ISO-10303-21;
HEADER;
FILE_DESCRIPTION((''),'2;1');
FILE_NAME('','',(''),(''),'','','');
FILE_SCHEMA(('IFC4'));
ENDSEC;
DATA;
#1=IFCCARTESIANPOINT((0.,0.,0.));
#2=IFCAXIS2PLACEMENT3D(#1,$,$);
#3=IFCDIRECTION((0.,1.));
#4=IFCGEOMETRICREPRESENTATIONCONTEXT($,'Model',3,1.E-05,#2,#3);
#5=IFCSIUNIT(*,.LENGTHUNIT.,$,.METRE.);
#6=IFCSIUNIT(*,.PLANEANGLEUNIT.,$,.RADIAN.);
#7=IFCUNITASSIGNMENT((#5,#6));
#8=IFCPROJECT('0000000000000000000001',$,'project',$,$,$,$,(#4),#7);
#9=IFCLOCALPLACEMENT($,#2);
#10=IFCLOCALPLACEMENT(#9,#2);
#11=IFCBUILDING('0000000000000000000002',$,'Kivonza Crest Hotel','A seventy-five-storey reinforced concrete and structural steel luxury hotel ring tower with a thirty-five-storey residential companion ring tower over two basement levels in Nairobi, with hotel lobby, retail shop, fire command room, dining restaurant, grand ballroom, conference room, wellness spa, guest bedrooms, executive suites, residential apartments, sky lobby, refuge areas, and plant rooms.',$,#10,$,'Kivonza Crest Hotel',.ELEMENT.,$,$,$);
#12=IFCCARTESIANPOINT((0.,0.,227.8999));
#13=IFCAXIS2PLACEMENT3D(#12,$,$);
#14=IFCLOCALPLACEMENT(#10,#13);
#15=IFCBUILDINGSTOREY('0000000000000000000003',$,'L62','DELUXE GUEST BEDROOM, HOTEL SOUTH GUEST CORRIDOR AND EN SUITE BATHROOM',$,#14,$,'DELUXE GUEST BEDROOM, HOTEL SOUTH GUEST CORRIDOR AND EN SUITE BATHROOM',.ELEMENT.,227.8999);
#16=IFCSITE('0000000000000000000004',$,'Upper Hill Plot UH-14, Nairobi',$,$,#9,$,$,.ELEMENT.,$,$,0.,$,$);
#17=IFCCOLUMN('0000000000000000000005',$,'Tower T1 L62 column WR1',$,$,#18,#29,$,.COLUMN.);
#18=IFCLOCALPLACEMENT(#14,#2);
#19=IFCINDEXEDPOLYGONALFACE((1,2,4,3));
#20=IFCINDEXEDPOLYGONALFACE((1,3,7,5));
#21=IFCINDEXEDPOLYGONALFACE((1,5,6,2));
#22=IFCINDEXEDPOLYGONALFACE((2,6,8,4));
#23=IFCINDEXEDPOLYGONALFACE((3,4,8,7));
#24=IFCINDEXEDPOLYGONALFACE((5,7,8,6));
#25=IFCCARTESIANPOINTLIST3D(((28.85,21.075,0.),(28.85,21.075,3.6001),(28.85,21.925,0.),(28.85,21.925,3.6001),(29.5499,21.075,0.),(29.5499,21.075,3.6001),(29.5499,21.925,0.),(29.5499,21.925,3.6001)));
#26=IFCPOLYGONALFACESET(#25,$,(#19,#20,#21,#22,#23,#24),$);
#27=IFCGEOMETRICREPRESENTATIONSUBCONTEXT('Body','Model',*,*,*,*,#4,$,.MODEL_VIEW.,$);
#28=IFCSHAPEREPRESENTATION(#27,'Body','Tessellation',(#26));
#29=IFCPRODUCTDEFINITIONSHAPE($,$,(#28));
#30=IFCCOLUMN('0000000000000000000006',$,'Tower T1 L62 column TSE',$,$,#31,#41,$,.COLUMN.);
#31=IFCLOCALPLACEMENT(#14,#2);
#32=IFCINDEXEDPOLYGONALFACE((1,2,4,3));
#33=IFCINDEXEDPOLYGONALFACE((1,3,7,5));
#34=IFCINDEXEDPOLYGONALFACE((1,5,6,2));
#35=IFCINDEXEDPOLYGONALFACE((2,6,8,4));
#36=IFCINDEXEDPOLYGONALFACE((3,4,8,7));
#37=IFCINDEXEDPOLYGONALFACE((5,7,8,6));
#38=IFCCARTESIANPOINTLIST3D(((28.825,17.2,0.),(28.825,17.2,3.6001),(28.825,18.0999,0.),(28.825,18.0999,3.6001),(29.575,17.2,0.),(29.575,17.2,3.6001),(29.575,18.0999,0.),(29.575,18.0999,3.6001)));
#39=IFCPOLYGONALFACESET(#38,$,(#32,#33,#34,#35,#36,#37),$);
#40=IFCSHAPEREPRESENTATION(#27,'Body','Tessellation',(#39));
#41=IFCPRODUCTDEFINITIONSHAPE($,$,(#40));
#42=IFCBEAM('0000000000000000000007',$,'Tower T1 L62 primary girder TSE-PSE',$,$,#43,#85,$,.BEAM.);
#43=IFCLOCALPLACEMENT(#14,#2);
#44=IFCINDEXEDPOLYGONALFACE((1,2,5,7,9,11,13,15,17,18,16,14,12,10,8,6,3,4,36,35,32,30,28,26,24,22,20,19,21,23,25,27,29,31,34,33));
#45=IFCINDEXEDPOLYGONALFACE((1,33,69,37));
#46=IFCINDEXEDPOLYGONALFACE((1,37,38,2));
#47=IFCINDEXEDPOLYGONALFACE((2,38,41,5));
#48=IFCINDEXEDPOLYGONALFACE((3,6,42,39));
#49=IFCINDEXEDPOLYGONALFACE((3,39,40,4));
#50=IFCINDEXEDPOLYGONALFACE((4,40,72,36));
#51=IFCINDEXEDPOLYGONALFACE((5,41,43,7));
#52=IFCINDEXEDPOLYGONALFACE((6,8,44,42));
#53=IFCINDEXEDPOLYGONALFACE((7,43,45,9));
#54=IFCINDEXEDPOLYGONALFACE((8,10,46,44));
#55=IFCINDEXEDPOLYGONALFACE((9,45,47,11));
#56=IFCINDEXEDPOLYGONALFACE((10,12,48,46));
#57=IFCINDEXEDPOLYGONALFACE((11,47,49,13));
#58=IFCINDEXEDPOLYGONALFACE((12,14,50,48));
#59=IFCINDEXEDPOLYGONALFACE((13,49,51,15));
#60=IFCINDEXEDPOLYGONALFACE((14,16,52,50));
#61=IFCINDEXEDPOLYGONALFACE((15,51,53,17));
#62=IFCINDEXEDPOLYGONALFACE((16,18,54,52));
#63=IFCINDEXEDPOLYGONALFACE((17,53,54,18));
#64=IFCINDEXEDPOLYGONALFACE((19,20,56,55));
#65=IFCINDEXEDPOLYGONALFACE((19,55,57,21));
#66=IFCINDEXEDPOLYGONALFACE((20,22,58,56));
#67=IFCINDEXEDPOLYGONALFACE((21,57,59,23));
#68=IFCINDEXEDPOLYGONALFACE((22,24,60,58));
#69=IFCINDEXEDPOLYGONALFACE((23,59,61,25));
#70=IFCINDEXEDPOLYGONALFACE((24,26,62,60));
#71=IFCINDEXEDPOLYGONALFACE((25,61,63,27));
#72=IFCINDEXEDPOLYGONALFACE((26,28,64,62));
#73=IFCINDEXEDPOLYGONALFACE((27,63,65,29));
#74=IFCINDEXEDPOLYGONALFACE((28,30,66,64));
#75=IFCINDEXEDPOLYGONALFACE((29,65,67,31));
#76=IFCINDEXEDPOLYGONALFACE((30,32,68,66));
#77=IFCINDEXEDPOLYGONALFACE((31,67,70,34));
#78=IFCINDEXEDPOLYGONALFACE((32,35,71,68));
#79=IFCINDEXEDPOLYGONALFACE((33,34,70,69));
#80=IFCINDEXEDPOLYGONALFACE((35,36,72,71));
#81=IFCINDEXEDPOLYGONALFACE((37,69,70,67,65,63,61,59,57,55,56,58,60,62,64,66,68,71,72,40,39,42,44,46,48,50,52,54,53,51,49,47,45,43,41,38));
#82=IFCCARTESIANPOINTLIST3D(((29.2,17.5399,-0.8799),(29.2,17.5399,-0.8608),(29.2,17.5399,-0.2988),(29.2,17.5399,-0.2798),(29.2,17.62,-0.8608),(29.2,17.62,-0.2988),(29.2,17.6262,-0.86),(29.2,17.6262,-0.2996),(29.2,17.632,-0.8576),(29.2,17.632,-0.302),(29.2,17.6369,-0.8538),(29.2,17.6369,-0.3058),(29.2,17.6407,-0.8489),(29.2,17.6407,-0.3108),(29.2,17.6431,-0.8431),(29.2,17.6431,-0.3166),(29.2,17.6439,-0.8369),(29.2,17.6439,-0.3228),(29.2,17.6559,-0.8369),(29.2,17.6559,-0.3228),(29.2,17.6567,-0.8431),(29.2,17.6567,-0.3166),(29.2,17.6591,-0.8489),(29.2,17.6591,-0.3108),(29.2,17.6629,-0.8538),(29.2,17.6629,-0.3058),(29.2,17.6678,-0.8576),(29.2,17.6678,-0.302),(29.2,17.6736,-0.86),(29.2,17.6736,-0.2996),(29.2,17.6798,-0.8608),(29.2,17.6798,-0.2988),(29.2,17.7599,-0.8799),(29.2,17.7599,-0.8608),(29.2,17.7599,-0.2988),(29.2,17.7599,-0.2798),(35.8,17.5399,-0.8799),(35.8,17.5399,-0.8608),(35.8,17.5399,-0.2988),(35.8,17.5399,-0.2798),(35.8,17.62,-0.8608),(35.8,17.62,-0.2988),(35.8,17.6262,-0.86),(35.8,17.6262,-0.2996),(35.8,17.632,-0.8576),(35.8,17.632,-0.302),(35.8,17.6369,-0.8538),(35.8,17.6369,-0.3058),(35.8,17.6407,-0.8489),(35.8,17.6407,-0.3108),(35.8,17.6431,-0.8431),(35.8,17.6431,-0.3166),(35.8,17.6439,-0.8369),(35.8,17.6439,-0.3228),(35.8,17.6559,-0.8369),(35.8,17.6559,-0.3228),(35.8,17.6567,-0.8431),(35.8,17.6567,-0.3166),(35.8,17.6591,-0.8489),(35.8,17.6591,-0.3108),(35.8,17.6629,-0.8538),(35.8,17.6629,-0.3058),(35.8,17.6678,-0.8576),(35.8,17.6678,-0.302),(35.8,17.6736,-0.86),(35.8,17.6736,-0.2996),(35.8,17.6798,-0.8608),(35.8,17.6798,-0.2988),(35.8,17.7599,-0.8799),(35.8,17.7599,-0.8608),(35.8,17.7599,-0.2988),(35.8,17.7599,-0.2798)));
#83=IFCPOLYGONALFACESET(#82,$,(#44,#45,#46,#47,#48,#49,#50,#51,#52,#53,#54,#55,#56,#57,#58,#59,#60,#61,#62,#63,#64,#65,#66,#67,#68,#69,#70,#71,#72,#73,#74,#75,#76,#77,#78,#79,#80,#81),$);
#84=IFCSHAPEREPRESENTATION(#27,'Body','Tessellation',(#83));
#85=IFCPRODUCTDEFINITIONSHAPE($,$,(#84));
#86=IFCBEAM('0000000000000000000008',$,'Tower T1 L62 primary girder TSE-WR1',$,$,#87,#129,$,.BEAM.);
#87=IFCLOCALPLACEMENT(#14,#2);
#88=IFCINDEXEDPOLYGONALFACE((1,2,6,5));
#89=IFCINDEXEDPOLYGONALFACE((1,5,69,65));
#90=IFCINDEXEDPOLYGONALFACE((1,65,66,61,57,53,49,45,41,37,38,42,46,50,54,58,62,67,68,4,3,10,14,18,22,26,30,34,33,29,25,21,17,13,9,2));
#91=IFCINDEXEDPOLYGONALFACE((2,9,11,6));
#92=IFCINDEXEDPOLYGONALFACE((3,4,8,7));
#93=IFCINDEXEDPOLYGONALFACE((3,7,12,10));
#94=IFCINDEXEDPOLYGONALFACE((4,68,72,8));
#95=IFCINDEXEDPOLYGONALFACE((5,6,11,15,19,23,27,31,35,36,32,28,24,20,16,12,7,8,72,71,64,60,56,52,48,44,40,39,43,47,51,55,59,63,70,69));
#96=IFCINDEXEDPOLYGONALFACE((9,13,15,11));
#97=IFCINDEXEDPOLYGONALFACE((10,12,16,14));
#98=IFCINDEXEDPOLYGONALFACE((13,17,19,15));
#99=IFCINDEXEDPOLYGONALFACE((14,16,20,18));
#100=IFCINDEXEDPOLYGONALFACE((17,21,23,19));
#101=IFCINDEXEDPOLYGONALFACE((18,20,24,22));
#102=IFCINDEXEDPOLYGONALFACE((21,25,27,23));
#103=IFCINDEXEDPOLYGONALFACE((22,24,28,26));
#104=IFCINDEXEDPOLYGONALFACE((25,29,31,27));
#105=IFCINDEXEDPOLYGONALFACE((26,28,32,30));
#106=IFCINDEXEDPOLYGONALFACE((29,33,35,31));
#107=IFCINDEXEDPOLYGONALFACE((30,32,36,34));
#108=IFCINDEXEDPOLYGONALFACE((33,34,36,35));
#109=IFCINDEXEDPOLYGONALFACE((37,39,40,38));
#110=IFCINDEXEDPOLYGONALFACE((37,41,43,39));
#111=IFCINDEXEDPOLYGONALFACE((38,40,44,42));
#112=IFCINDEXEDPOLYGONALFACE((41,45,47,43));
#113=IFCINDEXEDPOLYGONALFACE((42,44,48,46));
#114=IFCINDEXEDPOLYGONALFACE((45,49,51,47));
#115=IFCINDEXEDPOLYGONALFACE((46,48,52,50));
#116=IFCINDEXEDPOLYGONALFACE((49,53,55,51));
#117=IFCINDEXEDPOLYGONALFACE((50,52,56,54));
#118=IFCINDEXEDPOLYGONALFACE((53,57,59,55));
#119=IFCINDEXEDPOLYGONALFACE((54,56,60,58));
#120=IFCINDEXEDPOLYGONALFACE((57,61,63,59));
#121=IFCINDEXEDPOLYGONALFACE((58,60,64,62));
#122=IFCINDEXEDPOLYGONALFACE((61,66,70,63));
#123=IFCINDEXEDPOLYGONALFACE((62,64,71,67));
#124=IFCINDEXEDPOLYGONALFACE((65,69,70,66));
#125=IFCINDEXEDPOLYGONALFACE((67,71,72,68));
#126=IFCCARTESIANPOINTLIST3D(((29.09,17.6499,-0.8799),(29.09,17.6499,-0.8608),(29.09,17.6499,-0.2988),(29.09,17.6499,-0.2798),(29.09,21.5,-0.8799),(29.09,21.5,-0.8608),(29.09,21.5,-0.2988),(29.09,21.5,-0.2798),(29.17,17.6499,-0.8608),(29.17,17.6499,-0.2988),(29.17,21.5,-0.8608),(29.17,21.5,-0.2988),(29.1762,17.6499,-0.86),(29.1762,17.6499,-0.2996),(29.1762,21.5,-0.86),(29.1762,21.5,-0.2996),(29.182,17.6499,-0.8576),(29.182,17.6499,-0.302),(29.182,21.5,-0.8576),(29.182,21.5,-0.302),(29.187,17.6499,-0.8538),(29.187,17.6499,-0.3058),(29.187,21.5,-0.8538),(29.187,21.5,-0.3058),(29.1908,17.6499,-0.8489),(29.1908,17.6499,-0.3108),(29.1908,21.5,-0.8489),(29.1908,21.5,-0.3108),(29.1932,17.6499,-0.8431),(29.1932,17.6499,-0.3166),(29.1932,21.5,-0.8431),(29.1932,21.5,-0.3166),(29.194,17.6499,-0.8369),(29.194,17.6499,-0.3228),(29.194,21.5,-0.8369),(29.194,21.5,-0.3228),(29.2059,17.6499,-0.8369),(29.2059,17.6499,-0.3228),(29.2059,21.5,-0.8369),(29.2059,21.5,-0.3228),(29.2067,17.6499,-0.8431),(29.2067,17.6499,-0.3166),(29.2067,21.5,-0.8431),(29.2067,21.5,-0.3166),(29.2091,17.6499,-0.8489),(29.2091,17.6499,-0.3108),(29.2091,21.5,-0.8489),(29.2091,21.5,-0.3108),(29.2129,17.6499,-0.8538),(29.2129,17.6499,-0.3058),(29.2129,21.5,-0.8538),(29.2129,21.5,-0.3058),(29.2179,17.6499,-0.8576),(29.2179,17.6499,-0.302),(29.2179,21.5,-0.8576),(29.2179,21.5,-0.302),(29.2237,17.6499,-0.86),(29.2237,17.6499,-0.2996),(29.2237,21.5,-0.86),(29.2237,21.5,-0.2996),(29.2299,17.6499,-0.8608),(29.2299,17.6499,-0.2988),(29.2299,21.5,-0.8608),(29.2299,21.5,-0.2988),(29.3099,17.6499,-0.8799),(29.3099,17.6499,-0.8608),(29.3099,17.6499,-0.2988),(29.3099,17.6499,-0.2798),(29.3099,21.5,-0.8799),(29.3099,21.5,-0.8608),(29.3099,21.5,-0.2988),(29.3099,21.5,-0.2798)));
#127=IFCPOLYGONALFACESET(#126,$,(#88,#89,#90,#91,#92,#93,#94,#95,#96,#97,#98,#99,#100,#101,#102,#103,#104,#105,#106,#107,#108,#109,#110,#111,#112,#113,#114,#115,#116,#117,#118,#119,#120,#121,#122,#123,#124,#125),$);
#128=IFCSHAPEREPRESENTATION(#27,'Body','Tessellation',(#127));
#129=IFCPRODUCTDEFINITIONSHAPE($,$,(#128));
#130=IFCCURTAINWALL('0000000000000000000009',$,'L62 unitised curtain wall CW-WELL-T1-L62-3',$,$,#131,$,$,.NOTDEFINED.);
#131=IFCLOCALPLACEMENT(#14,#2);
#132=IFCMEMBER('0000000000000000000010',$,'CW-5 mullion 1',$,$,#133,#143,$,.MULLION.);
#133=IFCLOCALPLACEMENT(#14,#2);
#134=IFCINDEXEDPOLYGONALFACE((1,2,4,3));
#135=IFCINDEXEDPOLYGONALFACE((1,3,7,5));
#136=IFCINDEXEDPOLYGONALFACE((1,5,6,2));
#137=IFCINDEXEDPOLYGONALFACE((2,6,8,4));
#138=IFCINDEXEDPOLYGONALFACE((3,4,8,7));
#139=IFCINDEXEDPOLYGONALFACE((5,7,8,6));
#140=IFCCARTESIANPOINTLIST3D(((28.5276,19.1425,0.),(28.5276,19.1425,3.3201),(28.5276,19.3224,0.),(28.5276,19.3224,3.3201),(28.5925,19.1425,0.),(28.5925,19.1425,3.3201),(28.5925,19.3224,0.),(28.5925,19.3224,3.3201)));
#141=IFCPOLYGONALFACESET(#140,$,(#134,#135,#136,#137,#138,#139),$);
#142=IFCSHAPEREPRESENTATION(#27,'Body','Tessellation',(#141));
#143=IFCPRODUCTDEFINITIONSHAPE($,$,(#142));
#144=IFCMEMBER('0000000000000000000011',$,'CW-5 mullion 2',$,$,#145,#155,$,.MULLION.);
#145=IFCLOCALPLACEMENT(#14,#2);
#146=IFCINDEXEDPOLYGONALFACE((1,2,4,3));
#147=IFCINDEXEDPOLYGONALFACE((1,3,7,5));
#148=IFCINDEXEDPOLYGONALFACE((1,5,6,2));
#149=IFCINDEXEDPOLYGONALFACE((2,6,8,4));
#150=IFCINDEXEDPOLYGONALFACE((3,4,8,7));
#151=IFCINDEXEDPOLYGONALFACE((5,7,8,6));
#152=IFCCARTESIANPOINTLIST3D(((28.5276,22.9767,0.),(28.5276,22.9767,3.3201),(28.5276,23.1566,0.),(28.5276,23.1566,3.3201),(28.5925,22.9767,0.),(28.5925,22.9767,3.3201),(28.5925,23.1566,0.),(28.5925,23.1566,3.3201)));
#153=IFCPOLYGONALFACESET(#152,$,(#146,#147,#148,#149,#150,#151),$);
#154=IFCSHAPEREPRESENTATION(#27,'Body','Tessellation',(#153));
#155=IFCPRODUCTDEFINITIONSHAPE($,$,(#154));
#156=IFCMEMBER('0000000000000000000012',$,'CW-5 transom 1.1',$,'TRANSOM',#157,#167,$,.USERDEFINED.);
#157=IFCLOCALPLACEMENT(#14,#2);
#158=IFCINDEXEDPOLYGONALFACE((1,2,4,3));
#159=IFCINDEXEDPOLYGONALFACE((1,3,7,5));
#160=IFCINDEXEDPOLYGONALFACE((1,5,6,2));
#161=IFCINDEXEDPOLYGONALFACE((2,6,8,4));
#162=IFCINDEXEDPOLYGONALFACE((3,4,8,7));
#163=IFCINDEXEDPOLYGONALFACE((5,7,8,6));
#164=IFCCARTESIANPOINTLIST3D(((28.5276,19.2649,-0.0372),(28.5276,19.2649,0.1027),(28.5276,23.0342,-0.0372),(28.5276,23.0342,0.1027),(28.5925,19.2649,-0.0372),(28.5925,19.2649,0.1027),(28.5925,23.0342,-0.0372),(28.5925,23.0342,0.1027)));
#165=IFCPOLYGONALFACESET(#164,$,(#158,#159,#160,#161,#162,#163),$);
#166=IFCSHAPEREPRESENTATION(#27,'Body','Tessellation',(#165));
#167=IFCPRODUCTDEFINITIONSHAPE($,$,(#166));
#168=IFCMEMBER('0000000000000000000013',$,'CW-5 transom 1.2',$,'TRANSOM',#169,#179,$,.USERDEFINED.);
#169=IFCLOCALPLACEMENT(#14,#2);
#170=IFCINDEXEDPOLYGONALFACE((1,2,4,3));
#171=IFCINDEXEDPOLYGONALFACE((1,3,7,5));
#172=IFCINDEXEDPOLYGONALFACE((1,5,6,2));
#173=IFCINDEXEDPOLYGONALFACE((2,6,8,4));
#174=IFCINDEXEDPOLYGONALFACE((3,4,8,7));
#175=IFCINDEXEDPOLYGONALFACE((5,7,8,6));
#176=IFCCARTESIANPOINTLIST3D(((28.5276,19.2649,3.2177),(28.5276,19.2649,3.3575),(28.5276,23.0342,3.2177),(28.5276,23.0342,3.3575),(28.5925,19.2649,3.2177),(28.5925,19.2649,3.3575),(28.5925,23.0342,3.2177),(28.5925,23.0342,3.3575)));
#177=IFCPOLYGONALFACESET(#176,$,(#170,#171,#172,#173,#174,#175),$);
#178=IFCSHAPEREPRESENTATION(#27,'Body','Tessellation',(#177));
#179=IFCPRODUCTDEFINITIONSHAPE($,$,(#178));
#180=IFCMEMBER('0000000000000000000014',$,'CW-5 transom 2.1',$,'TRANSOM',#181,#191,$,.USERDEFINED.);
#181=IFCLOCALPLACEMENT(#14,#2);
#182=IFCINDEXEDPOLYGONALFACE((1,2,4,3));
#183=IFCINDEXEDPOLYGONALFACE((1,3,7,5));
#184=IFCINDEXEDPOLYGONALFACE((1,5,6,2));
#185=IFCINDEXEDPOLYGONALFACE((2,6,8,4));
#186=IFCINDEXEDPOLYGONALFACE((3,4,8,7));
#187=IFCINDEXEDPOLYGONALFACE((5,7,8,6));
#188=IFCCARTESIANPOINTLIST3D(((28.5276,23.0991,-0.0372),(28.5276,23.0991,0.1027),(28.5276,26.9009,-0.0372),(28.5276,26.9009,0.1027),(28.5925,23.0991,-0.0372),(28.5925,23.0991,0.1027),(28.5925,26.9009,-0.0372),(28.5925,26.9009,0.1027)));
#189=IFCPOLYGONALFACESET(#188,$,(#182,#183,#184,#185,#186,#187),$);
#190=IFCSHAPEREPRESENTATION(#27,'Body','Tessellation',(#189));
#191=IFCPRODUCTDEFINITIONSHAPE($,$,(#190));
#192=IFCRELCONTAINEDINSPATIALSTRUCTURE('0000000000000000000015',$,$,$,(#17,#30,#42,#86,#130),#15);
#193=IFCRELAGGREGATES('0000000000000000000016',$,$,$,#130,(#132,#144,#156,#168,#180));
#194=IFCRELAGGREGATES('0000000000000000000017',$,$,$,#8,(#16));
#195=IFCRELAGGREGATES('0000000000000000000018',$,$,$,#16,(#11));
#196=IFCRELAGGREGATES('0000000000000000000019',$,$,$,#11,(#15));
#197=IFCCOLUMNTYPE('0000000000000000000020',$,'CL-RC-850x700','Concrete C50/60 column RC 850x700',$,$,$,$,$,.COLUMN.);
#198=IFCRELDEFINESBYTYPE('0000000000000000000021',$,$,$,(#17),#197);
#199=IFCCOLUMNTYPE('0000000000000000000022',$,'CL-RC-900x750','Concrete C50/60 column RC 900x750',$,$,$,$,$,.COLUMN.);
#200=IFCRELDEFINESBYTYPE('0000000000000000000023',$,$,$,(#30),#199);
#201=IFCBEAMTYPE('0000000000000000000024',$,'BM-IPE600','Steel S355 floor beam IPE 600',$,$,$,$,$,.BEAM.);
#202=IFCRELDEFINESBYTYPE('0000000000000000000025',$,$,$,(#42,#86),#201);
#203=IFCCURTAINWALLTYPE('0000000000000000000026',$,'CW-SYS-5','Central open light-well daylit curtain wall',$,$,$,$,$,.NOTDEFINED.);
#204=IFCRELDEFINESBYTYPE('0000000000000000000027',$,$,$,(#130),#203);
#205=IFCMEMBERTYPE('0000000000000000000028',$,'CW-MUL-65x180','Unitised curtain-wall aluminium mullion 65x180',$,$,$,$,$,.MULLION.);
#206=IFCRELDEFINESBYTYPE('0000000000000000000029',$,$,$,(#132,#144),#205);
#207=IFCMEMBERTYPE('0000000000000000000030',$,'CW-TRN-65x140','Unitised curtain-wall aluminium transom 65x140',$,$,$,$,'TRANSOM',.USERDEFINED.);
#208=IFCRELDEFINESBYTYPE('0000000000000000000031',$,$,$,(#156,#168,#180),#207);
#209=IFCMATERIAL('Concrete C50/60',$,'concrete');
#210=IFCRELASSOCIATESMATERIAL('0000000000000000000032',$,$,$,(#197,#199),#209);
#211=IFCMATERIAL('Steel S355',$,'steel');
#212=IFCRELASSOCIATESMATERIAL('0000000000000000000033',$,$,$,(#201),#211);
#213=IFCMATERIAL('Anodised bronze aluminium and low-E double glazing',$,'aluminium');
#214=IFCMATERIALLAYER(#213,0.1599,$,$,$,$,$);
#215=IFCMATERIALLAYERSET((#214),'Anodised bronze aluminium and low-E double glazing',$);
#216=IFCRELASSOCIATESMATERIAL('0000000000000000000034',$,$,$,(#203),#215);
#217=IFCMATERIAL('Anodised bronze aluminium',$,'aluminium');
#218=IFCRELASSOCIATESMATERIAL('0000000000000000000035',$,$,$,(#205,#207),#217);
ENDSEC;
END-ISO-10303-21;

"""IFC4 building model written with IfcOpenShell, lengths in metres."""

from ifc_helpers import new_model, si_unit, direction, frame, origin, origin_2d, place, context, subcontext, project, spatial, rectangle, i_section, extrude, material, layer, layer_set, material_profile, profile_set, type_object, element, aggregate, save


model = new_model("IFC4")

# Units and contexts
model_context = context("Model", 3, precision=1e-05, world=origin(), true_north=direction((0.0, 1.0)))
body_context = subcontext(model_context, "Body", "Model", "MODEL_VIEW")
ifc_project = project(units=[si_unit("LENGTHUNIT", "METRE"), si_unit("PLANEANGLEUNIT", "RADIAN")], contexts=[model_context])

# Site, building, storey
site_placement = place(None, origin())
site = spatial("IfcSite", under=ifc_project, at=site_placement, Name="Upper Hill Plot UH-14, Nairobi", CompositionType="ELEMENT", RefElevation=0.0)
building_placement = place(site_placement, origin())
building = spatial("IfcBuilding", under=site, at=building_placement, Name="Kivonza Crest Hotel", Description="A seventy-five-storey reinforced concrete and structural steel luxury hotel ring tower with a thirty-five-storey residential companion ring tower over two basement levels in Nairobi, with hotel lobby, retail shop, fire command room, dining restaurant, grand ballroom, conference room, wellness spa, guest bedrooms, executive suites, residential apartments, sky lobby, refuge areas, and plant rooms.", LongName="Kivonza Crest Hotel", CompositionType="ELEMENT")
storey_placement = place(building_placement, frame((0.0, 0.0, 227.8999)))
storey = spatial("IfcBuildingStorey", under=building, at=storey_placement, Name="L62", Description="DELUXE GUEST BEDROOM, HOTEL SOUTH GUEST CORRIDOR AND EN SUITE BATHROOM", LongName="DELUXE GUEST BEDROOM, HOTEL SOUTH GUEST CORRIDOR AND EN SUITE BATHROOM", CompositionType="ELEMENT", Elevation=227.8999)

# Columns
ifc_material_1 = material(Name="Concrete C50/60", Category="concrete")
ifc_material_profile_1 = material_profile(ifc_material_1, rectangle(XDim=0.7, YDim=0.8501, at=origin_2d()), Name="RC 850x700")
ifc_profile_set_1 = profile_set([ifc_material_profile_1], Name="Concrete C50/60")
column_type_1 = type_object("IfcColumnType", Name="CL-RC-850x700", Description="Concrete C50/60 column RC 850x700", PredefinedType="COLUMN", material=ifc_profile_set_1)
column_1_placement = place(storey_placement, frame((29.2, 21.5, 0.0), z_axis=(0.0, 0.0, 1.0), x_axis=(1.0, 0.0, 0.0)))
element("IfcColumn", 1, at=column_1_placement, inside=storey, type_object=column_type_1, Name="Tower T1 L62 column WR1", PredefinedType="COLUMN", context=body_context, shape_type="SweptSolid", body=[
    extrude(rectangle(XDim=0.7, YDim=0.8501, at=origin_2d()), origin(), (0.0, 0.0, 1.0), 3.6001),
])
ifc_material_profile_2 = material_profile(ifc_material_1, rectangle(XDim=0.75, YDim=0.8999, at=origin_2d()), Name="RC 900x750")
ifc_profile_set_2 = profile_set([ifc_material_profile_2], Name="Concrete C50/60")
column_type_2 = type_object("IfcColumnType", Name="CL-RC-900x750", Description="Concrete C50/60 column RC 900x750", PredefinedType="COLUMN", material=ifc_profile_set_2)
column_2_placement = place(storey_placement, frame((29.2, 17.6499, 0.0), z_axis=(0.0, 0.0, 1.0), x_axis=(1.0, 0.0, 0.0)))
element("IfcColumn", 2, at=column_2_placement, inside=storey, type_object=column_type_2, Name="Tower T1 L62 column TSE", PredefinedType="COLUMN", context=body_context, shape_type="SweptSolid", body=[
    extrude(rectangle(XDim=0.75, YDim=0.8999, at=origin_2d()), origin(), (0.0, 0.0, 1.0), 3.6001),
])

# Beams
ifc_material_2 = material(Name="Steel S355", Category="steel")
ifc_material_profile_3 = material_profile(ifc_material_2, i_section(OverallWidth=0.22, OverallDepth=0.6001, WebThickness=0.012, FlangeThickness=0.019, FilletRadius=0.0239, at=origin_2d()), Name="IPE 600")
ifc_profile_set_3 = profile_set([ifc_material_profile_3], Name="Steel S355")
beam_type = type_object("IfcBeamType", Name="BM-IPE600", Description="Steel S355 floor beam IPE 600", PredefinedType="BEAM", material=ifc_profile_set_3)
beam_1_placement = place(storey_placement, frame((29.2, 17.6499, -0.5798), z_axis=(1.0, 0.0, 0.0), x_axis=(0.0, 1.0, 0.0)))
element("IfcBeam", 3, at=beam_1_placement, inside=storey, type_object=beam_type, Name="Tower T1 L62 primary girder TSE-PSE", PredefinedType="BEAM", context=body_context, shape_type="SweptSolid", body=[
    extrude(i_section(OverallWidth=0.22, OverallDepth=0.6001, WebThickness=0.012, FlangeThickness=0.019, FilletRadius=0.0239, at=origin_2d()), origin(), (0.0, 0.0, 1.0), 6.6001),
])
beam_2_placement = place(storey_placement, frame((29.2, 17.6499, -0.5798), z_axis=(0.0, 1.0, 0.0), x_axis=(-1.0, 0.0, 0.0)))
element("IfcBeam", 4, at=beam_2_placement, inside=storey, type_object=beam_type, Name="Tower T1 L62 primary girder TSE-WR1", PredefinedType="BEAM", context=body_context, shape_type="SweptSolid", body=[
    extrude(i_section(OverallWidth=0.22, OverallDepth=0.6001, WebThickness=0.012, FlangeThickness=0.019, FilletRadius=0.0239, at=origin_2d()), origin(), (0.0, 0.0, 1.0), 3.8501),
])

# Curtain wall, members
ifc_material_3 = material(Name="Anodised bronze aluminium and low-E double glazing", Category="aluminium")
ifc_layer_1 = layer(ifc_material_3, 0.1599)
ifc_layer_set_1 = layer_set([ifc_layer_1], Name="Anodised bronze aluminium and low-E double glazing")
curtain_wall_type = type_object("IfcCurtainWallType", Name="CW-SYS-5", Description="Central open light-well daylit curtain wall", PredefinedType="NOTDEFINED", material=ifc_layer_set_1)
curtain_wall_placement = place(storey_placement, origin())
curtain_wall = element("IfcCurtainWall", 5, at=curtain_wall_placement, inside=storey, type_object=curtain_wall_type, Name="L62 unitised curtain wall CW-WELL-T1-L62-3", PredefinedType="NOTDEFINED")
ifc_material_4 = material(Name="Anodised bronze aluminium", Category="aluminium")
ifc_material_profile_4 = material_profile(ifc_material_4, rectangle(XDim=0.0649, YDim=0.1799, at=origin_2d()), Name="CW-M 65x180")
ifc_profile_set_4 = profile_set([ifc_material_profile_4], Name="Anodised bronze aluminium")
member_type_1 = type_object("IfcMemberType", Name="CW-MUL-65x180", Description="Unitised curtain-wall aluminium mullion 65x180", PredefinedType="MULLION", material=ifc_profile_set_4)
member_1_placement = place(storey_placement, frame((28.5601, 19.2324, 0.0), z_axis=(0.0, 0.0, 1.0), x_axis=(-1.0, 0.0, 0.0)))
member_1 = element("IfcMember", 6, at=member_1_placement, type_object=member_type_1, Name="CW-5 mullion 1", PredefinedType="MULLION", context=body_context, shape_type="SweptSolid", body=[
    extrude(rectangle(XDim=0.0649, YDim=0.1799, at=origin_2d()), origin(), (0.0, 0.0, 1.0), 3.3201),
])
member_2_placement = place(storey_placement, frame((28.5601, 23.0667, 0.0), z_axis=(0.0, 0.0, 1.0), x_axis=(-1.0, 0.0, 0.0)))
member_2 = element("IfcMember", 7, at=member_2_placement, type_object=member_type_1, Name="CW-5 mullion 2", PredefinedType="MULLION", context=body_context, shape_type="SweptSolid", body=[
    extrude(rectangle(XDim=0.0649, YDim=0.1799, at=origin_2d()), origin(), (0.0, 0.0, 1.0), 3.3201),
])
ifc_material_profile_5 = material_profile(ifc_material_4, rectangle(XDim=0.0649, YDim=0.1399, at=origin_2d()), Name="CW-T 65x140")
ifc_profile_set_5 = profile_set([ifc_material_profile_5], Name="Anodised bronze aluminium")
member_type_2 = type_object("IfcMemberType", Name="CW-TRN-65x140", Description="Unitised curtain-wall aluminium transom 65x140", ElementType="TRANSOM", PredefinedType="USERDEFINED", material=ifc_profile_set_5)
member_3_placement = place(storey_placement, frame((28.5601, 19.2649, 0.0327), z_axis=(0.0, 1.0, 0.0), x_axis=(-1.0, 0.0, 0.0)))
member_3 = element("IfcMember", 8, at=member_3_placement, type_object=member_type_2, Name="CW-5 transom 1.1", ObjectType="TRANSOM", PredefinedType="USERDEFINED", context=body_context, shape_type="SweptSolid", body=[
    extrude(rectangle(XDim=0.0649, YDim=0.1399, at=origin_2d()), origin(), (0.0, 0.0, 1.0), 3.7693),
])
member_4_placement = place(storey_placement, frame((28.5601, 19.2649, 3.2876), z_axis=(0.0, 1.0, 0.0), x_axis=(-1.0, 0.0, 0.0)))
member_4 = element("IfcMember", 9, at=member_4_placement, type_object=member_type_2, Name="CW-5 transom 1.2", ObjectType="TRANSOM", PredefinedType="USERDEFINED", context=body_context, shape_type="SweptSolid", body=[
    extrude(rectangle(XDim=0.0649, YDim=0.1399, at=origin_2d()), origin(), (0.0, 0.0, 1.0), 3.7693),
])
member_5_placement = place(storey_placement, frame((28.5601, 23.0991, 0.0327), z_axis=(0.0, 1.0, 0.0), x_axis=(-1.0, 0.0, 0.0)))
member_5 = element("IfcMember", 10, at=member_5_placement, type_object=member_type_2, Name="CW-5 transom 2.1", ObjectType="TRANSOM", PredefinedType="USERDEFINED", context=body_context, shape_type="SweptSolid", body=[
    extrude(rectangle(XDim=0.0649, YDim=0.1399, at=origin_2d()), origin(), (0.0, 0.0, 1.0), 3.8018),
])
aggregate(curtain_wall, [member_1, member_2, member_3, member_4, member_5])

save(model, "model.ifc")
